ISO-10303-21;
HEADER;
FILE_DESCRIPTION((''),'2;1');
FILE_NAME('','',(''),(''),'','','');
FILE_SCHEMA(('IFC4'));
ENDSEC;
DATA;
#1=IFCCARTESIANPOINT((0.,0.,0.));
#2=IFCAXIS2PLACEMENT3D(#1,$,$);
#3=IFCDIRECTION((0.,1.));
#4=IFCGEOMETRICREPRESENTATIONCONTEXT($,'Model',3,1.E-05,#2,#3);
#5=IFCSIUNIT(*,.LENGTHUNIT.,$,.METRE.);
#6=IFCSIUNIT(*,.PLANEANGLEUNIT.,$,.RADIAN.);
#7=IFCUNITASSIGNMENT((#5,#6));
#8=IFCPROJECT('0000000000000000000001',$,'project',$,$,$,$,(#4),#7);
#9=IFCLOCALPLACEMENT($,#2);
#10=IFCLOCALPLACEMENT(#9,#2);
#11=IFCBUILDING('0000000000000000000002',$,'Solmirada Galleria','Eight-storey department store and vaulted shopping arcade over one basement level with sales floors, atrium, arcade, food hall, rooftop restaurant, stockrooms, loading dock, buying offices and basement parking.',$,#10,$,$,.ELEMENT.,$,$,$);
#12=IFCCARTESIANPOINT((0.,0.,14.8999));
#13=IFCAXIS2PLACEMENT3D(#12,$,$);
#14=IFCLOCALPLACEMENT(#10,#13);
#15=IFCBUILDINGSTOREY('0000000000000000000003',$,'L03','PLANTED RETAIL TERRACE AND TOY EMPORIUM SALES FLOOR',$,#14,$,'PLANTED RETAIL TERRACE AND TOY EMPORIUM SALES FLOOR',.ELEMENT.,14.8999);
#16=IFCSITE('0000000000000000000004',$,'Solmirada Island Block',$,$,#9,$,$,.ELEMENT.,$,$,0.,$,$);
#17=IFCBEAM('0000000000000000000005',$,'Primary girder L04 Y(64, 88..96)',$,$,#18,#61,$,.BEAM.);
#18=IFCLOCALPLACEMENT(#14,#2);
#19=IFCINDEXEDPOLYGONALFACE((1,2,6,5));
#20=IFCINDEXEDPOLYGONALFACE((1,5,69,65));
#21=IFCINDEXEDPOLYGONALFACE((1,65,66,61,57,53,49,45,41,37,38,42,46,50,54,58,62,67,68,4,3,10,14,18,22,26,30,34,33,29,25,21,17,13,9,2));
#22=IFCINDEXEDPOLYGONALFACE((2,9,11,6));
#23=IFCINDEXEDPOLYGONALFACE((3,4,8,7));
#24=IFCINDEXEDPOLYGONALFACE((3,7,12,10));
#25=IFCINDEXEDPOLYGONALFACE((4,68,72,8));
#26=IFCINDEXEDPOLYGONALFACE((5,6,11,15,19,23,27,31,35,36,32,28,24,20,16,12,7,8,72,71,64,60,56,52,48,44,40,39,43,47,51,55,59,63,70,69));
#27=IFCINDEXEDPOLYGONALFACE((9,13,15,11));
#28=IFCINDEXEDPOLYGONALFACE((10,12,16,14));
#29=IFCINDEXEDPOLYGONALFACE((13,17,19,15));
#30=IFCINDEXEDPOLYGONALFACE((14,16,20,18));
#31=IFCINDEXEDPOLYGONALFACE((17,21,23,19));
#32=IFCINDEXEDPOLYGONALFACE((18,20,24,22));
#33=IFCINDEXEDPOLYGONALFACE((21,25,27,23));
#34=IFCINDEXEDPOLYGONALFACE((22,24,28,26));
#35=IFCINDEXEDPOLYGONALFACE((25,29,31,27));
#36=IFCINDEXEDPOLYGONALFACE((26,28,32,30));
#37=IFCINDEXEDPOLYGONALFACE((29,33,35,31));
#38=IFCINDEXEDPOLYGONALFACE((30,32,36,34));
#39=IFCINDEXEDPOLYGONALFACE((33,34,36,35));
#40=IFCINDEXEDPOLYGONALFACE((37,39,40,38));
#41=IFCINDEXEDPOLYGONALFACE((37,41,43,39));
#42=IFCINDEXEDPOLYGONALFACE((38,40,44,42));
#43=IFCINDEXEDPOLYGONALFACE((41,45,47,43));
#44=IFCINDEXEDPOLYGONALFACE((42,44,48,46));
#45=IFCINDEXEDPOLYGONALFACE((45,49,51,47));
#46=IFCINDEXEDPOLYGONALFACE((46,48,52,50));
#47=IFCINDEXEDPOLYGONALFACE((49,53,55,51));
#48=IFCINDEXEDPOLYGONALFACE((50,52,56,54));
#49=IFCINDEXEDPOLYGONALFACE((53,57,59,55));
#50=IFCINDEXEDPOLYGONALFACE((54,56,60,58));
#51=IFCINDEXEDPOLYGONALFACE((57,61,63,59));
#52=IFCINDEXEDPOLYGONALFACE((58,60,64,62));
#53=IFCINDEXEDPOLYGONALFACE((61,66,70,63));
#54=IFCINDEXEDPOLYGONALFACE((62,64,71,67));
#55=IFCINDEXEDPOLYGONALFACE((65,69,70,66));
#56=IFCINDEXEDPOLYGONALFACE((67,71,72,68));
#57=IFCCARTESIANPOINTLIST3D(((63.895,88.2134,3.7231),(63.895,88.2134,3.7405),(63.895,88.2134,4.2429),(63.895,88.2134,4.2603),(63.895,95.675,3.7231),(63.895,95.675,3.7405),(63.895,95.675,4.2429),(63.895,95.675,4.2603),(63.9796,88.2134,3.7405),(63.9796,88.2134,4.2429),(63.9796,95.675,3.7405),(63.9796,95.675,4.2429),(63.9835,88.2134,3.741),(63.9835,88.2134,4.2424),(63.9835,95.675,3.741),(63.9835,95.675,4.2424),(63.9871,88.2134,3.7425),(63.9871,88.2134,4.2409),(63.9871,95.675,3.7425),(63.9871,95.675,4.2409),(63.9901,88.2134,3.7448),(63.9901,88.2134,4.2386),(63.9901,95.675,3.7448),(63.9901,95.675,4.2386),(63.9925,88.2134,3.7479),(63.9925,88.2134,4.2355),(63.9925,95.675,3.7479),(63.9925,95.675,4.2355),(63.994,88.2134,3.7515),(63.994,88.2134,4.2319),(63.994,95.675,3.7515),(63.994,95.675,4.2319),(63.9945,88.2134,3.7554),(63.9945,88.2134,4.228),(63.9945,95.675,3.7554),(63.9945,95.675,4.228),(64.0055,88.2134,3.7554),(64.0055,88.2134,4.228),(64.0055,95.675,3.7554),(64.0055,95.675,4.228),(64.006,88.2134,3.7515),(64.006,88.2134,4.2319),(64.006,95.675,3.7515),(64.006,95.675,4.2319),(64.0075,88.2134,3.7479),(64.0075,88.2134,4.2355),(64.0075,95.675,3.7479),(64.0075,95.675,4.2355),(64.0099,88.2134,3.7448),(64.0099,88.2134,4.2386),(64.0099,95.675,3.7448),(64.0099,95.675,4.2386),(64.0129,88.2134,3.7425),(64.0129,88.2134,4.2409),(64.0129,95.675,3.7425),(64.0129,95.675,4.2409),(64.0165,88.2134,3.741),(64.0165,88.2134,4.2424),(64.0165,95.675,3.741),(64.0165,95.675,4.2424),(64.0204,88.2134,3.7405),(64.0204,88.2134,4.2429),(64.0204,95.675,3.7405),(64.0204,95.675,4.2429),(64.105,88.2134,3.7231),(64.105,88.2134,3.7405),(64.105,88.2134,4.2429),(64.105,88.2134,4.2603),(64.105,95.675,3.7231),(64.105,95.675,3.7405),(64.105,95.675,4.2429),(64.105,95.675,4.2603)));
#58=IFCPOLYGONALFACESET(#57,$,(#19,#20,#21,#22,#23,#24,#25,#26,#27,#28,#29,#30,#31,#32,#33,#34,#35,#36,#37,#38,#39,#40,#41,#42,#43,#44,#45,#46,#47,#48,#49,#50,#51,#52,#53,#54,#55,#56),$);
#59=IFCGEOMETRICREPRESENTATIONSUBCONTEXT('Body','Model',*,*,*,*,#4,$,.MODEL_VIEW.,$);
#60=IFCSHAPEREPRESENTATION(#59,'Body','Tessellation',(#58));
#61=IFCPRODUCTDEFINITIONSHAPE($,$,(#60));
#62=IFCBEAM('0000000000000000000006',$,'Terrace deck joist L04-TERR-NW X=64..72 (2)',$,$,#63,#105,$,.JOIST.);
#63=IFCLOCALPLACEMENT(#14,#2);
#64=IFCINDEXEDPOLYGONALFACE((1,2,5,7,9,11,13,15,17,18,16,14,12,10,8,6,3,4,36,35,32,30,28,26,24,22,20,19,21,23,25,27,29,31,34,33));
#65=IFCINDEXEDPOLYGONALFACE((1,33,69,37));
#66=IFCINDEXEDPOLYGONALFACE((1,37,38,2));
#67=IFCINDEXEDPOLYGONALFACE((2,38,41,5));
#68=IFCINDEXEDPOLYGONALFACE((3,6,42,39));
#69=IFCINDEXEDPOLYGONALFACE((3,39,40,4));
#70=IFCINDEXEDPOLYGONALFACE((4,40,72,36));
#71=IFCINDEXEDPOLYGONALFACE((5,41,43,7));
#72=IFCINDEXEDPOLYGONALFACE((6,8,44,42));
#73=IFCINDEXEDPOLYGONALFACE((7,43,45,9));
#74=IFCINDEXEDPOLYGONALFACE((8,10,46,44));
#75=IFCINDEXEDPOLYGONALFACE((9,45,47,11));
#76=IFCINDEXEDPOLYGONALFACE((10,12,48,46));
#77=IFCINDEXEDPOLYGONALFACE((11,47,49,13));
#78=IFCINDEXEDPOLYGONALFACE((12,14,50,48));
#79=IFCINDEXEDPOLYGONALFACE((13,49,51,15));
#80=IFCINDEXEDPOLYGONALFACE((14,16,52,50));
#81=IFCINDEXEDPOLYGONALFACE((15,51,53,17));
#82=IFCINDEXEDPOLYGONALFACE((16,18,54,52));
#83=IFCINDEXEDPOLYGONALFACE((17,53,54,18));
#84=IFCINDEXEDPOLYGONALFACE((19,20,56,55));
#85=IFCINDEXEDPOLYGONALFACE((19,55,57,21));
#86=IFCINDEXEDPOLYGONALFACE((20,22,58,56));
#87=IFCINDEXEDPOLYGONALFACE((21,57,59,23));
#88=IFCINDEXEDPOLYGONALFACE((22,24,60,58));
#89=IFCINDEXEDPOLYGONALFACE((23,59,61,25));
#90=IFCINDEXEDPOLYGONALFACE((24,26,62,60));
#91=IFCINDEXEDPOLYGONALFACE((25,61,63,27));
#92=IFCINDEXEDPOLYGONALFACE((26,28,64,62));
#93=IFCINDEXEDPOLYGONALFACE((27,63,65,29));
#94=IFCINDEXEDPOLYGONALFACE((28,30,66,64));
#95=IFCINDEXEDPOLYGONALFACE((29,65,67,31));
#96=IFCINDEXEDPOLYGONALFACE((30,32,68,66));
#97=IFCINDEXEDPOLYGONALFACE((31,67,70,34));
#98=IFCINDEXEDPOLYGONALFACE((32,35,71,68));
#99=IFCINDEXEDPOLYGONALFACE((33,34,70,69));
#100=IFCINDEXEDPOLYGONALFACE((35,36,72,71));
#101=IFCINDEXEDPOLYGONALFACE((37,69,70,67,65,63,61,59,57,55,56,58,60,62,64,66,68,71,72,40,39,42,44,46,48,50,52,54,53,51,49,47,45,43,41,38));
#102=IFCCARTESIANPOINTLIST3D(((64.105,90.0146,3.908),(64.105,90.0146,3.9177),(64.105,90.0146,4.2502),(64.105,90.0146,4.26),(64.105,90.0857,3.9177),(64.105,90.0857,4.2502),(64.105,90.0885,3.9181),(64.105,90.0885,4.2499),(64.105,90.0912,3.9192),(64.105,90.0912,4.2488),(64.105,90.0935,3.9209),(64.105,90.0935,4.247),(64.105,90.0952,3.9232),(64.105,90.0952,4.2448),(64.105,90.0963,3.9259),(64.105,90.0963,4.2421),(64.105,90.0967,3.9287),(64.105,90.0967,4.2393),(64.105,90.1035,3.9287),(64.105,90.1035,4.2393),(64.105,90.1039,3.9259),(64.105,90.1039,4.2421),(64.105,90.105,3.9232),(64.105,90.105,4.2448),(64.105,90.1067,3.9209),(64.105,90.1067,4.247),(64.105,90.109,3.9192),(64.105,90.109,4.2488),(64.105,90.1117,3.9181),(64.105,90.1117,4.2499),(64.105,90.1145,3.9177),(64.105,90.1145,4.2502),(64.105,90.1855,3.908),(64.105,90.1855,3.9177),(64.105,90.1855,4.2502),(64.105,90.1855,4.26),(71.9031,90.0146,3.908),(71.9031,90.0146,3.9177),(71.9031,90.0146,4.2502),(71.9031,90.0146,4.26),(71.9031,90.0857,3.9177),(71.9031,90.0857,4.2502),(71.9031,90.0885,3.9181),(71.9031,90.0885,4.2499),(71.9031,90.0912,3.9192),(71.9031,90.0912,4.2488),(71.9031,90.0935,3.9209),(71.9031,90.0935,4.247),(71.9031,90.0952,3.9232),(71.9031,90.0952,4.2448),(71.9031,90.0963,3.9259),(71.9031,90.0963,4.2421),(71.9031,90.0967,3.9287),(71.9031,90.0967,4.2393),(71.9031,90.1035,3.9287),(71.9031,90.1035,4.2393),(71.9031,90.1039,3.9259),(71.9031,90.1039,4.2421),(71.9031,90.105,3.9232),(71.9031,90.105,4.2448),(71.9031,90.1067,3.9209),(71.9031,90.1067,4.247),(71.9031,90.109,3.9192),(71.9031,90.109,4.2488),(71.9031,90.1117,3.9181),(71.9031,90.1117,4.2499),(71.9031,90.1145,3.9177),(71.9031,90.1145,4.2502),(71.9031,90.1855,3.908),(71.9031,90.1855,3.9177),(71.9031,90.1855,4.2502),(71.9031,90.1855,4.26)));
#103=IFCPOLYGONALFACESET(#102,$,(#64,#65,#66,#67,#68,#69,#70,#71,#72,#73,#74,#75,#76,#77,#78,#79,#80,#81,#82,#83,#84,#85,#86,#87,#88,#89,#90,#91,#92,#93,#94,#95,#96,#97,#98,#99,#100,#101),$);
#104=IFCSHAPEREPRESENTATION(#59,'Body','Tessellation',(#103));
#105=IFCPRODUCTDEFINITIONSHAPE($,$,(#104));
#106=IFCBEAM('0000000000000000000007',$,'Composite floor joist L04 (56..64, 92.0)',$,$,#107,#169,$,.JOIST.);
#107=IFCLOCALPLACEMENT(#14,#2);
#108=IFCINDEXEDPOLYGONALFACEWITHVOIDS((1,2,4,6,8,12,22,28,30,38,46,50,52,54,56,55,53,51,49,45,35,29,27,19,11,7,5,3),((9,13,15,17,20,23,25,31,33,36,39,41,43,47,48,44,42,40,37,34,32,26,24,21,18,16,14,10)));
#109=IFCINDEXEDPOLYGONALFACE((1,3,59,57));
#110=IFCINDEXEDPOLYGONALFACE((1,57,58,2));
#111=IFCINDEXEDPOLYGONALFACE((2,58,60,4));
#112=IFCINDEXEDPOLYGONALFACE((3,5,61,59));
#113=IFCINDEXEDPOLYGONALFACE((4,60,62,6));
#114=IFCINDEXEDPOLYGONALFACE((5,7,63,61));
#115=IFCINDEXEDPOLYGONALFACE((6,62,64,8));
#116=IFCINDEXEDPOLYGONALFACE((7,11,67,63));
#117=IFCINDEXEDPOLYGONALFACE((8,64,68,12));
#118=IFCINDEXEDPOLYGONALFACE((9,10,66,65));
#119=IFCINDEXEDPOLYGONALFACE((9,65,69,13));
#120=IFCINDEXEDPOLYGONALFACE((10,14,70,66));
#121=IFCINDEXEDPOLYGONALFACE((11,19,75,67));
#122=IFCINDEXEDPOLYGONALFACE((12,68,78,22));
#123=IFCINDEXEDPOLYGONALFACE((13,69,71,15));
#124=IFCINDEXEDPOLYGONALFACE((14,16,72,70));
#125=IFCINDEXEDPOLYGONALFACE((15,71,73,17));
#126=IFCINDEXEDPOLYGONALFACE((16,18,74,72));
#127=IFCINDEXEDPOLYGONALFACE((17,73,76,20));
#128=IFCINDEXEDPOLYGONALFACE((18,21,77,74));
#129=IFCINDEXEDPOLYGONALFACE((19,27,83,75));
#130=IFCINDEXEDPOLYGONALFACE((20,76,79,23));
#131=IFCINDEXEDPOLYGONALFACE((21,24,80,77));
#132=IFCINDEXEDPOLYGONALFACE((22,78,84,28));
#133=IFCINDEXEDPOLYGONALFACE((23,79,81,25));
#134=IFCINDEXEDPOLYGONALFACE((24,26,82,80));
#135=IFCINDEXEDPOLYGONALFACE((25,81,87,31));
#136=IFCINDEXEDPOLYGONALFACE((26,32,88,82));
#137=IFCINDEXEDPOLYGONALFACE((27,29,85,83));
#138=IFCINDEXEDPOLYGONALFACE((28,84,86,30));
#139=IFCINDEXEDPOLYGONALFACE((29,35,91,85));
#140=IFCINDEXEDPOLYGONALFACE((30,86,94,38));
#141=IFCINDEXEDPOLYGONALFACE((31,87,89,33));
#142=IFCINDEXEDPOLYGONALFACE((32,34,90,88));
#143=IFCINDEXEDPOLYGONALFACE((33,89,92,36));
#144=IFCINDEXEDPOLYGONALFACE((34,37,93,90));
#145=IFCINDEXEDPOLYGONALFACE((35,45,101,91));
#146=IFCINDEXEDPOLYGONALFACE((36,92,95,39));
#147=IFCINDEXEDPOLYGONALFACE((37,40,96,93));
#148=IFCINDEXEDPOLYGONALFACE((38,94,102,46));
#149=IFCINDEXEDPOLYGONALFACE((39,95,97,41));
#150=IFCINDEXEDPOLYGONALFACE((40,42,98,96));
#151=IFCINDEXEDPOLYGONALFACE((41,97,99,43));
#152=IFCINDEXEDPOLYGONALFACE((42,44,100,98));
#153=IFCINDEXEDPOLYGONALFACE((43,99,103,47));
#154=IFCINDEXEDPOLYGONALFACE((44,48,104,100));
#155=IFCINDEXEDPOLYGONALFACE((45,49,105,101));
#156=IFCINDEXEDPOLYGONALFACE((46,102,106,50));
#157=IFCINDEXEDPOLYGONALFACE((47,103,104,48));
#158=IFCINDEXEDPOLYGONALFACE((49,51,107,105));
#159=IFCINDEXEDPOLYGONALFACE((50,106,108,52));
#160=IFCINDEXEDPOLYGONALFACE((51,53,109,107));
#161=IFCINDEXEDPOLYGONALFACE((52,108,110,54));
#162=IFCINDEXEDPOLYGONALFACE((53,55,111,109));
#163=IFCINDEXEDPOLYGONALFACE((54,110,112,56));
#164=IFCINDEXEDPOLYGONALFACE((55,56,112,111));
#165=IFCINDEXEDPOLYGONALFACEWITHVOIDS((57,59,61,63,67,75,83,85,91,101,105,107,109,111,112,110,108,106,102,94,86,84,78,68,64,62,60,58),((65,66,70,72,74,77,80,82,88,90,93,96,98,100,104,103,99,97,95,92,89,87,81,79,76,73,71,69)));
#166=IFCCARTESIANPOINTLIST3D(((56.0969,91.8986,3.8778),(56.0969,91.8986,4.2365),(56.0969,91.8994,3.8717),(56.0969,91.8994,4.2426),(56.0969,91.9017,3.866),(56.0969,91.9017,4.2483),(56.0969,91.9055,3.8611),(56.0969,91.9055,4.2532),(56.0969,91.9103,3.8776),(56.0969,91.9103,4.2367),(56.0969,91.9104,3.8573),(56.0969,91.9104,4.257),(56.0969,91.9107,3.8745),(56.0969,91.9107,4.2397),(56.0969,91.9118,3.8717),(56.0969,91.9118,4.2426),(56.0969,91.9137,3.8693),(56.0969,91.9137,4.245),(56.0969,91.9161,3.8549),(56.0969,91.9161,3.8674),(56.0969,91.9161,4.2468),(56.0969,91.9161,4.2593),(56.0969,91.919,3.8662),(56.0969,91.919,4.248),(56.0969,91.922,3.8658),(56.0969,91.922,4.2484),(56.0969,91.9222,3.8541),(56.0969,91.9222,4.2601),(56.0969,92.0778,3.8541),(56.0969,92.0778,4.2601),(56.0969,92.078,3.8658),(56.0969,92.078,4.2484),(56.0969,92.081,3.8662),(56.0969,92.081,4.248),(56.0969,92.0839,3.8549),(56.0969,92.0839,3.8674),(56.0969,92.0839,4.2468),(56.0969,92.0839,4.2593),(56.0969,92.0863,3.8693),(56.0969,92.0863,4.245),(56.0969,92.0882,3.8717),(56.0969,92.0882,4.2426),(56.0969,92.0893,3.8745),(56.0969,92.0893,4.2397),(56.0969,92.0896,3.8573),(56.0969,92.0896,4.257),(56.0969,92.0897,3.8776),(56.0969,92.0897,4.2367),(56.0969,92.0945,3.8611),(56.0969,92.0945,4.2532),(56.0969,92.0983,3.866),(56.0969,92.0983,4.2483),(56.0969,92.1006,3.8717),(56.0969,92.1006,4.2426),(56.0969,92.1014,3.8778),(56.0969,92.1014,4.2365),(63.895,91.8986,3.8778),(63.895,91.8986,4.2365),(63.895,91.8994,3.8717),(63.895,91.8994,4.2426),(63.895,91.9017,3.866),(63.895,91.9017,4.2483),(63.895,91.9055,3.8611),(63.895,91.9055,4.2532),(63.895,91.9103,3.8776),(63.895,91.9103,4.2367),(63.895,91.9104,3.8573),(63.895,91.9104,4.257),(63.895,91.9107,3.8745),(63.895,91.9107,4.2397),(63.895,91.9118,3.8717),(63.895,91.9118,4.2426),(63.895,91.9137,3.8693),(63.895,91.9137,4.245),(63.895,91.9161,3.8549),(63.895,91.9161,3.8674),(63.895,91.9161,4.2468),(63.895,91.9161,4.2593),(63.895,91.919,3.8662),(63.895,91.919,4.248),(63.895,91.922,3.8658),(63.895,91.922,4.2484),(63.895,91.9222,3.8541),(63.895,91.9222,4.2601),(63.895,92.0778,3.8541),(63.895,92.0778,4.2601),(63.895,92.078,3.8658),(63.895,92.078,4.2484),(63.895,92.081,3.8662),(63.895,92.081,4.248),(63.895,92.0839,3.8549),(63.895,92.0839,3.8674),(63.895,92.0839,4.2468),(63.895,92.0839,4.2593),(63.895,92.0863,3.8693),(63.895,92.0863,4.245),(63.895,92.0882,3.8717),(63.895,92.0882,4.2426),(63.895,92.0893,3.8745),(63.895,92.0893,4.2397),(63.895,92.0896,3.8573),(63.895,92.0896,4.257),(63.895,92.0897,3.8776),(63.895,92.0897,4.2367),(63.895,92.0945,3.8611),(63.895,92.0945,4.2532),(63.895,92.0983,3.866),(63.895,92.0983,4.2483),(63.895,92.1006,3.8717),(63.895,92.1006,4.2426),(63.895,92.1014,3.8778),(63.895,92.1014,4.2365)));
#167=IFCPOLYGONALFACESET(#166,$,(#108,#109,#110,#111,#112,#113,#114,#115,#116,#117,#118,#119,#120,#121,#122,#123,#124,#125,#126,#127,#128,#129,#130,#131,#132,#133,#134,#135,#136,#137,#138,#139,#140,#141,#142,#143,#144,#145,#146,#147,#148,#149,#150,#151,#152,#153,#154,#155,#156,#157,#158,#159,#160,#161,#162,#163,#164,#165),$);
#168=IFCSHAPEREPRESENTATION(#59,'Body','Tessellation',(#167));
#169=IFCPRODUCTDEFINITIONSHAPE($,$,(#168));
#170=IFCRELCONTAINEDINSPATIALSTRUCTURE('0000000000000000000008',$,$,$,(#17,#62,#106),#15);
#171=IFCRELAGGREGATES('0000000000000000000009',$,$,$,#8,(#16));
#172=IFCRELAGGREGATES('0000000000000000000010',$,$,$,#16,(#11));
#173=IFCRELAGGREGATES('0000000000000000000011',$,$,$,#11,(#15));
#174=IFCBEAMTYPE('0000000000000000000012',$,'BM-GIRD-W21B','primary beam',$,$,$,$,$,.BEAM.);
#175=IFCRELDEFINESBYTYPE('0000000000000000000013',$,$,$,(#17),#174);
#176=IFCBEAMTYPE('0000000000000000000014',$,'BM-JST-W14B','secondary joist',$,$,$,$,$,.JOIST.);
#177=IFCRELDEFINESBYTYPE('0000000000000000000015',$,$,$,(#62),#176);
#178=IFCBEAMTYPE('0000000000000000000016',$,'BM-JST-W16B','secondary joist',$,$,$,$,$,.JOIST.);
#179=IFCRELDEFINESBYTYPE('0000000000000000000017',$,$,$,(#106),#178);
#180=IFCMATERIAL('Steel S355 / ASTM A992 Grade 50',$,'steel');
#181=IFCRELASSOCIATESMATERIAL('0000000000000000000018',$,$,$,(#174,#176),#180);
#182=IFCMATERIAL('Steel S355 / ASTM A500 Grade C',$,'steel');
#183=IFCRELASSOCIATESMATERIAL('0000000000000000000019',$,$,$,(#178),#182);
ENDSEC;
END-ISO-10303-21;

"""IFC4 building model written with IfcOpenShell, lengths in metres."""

from ifc_helpers import new_model, si_unit, direction, frame, origin, origin_2d, place, context, subcontext, project, spatial, hollow_rectangle, i_section, extrude, material, material_profile, profile_set, type_object, element, save


model = new_model("IFC4")

# Units and contexts
model_context = context("Model", 3, precision=1e-05, world=origin(), true_north=direction((0.0, 1.0)))
body_context = subcontext(model_context, "Body", "Model", "MODEL_VIEW")
ifc_project = project(units=[si_unit("LENGTHUNIT", "METRE"), si_unit("PLANEANGLEUNIT", "RADIAN")], contexts=[model_context])

# Site, building, storey
site_placement = place(None, origin())
site = spatial("IfcSite", under=ifc_project, at=site_placement, Name="Solmirada Island Block", CompositionType="ELEMENT", RefElevation=0.0)
building_placement = place(site_placement, origin())
building = spatial("IfcBuilding", under=site, at=building_placement, Name="Solmirada Galleria", Description="Eight-storey department store and vaulted shopping arcade over one basement level with sales floors, atrium, arcade, food hall, rooftop restaurant, stockrooms, loading dock, buying offices and basement parking.", CompositionType="ELEMENT")
storey_placement = place(building_placement, frame((0.0, 0.0, 14.8999)))
storey = spatial("IfcBuildingStorey", under=building, at=storey_placement, Name="L03", Description="PLANTED RETAIL TERRACE AND TOY EMPORIUM SALES FLOOR", LongName="PLANTED RETAIL TERRACE AND TOY EMPORIUM SALES FLOOR", CompositionType="ELEMENT", Elevation=14.8999)

# Shared definitions
ifc_material_1 = material(Name="Steel S355 / ASTM A500 Grade C", Category="steel")

# Beams
ifc_material_2 = material(Name="Steel S355 / ASTM A992 Grade 50", Category="steel")
ifc_material_profile_1 = material_profile(ifc_material_2, i_section(OverallWidth=0.21, OverallDepth=0.5371, WebThickness=0.011, FlangeThickness=0.0173, FilletRadius=0.0149, at=origin_2d()), Name="W21X68")
ifc_profile_set_1 = profile_set([ifc_material_profile_1], Name="Steel S355 / ASTM A992 Grade 50")
beam_type_1 = type_object("IfcBeamType", Name="BM-GIRD-W21B", Description="primary beam", PredefinedType="BEAM", material=ifc_profile_set_1)
beam_1_placement = place(storey_placement, frame((64.0, 88.2134, 3.9917), z_axis=(0.0, 1.0, 0.0), x_axis=(-1.0, 0.0, 0.0)))
element("IfcBeam", 1, at=beam_1_placement, inside=storey, type_object=beam_type_1, Name="Primary girder L04 Y(64, 88..96)", PredefinedType="BEAM", context=body_context, shape_type="SweptSolid", body=[
    extrude(i_section(OverallWidth=0.21, OverallDepth=0.5371, WebThickness=0.011, FlangeThickness=0.0173, FilletRadius=0.0149, at=origin_2d()), origin(), (0.0, 0.0, 1.0), 7.4617),
])
ifc_material_profile_2 = material_profile(ifc_material_2, i_section(OverallWidth=0.1709, OverallDepth=0.3521, WebThickness=0.0068, FlangeThickness=0.0098, FilletRadius=0.011, at=origin_2d()), Name="W14X30")
ifc_profile_set_2 = profile_set([ifc_material_profile_2], Name="Steel S355 / ASTM A992 Grade 50")
beam_type_2 = type_object("IfcBeamType", Name="BM-JST-W14B", Description="secondary joist", PredefinedType="JOIST", material=ifc_profile_set_2)
beam_2_placement = place(storey_placement, frame((64.105, 90.1001, 4.084), z_axis=(1.0, 0.0, 0.0), x_axis=(0.0, 1.0, 0.0)))
element("IfcBeam", 2, at=beam_2_placement, inside=storey, type_object=beam_type_2, Name="Terrace deck joist L04-TERR-NW X=64..72 (2)", PredefinedType="JOIST", context=body_context, shape_type="SweptSolid", body=[
    extrude(i_section(OverallWidth=0.1709, OverallDepth=0.3521, WebThickness=0.0068, FlangeThickness=0.0098, FilletRadius=0.011, at=origin_2d()), origin(), (0.0, 0.0, 1.0), 7.7981),
])
ifc_material_profile_3 = material_profile(ifc_material_1, hollow_rectangle(XDim=0.2029, YDim=0.406, WallThickness=0.0117, InnerFilletRadius=0.0117, OuterFilletRadius=0.0237, at=origin_2d()), Name="HSS16X8X1/2")
ifc_profile_set_3 = profile_set([ifc_material_profile_3], Name="Steel S355 / ASTM A500 Grade C")
beam_type_3 = type_object("IfcBeamType", Name="BM-JST-W16B", Description="secondary joist", PredefinedType="JOIST", material=ifc_profile_set_3)
beam_3_placement = place(storey_placement, frame((56.0969, 92.0, 4.0571), z_axis=(1.0, 0.0, 0.0), x_axis=(0.0, 1.0, 0.0)))
element("IfcBeam", 3, at=beam_3_placement, inside=storey, type_object=beam_type_3, Name="Composite floor joist L04 (56..64, 92.0)", PredefinedType="JOIST", context=body_context, shape_type="SweptSolid", body=[
    extrude(hollow_rectangle(XDim=0.2029, YDim=0.406, WallThickness=0.0117, InnerFilletRadius=0.0117, OuterFilletRadius=0.0237, at=origin_2d()), origin(), (0.0, 0.0, 1.0), 7.7981),
])

save(model, "model.ifc")
